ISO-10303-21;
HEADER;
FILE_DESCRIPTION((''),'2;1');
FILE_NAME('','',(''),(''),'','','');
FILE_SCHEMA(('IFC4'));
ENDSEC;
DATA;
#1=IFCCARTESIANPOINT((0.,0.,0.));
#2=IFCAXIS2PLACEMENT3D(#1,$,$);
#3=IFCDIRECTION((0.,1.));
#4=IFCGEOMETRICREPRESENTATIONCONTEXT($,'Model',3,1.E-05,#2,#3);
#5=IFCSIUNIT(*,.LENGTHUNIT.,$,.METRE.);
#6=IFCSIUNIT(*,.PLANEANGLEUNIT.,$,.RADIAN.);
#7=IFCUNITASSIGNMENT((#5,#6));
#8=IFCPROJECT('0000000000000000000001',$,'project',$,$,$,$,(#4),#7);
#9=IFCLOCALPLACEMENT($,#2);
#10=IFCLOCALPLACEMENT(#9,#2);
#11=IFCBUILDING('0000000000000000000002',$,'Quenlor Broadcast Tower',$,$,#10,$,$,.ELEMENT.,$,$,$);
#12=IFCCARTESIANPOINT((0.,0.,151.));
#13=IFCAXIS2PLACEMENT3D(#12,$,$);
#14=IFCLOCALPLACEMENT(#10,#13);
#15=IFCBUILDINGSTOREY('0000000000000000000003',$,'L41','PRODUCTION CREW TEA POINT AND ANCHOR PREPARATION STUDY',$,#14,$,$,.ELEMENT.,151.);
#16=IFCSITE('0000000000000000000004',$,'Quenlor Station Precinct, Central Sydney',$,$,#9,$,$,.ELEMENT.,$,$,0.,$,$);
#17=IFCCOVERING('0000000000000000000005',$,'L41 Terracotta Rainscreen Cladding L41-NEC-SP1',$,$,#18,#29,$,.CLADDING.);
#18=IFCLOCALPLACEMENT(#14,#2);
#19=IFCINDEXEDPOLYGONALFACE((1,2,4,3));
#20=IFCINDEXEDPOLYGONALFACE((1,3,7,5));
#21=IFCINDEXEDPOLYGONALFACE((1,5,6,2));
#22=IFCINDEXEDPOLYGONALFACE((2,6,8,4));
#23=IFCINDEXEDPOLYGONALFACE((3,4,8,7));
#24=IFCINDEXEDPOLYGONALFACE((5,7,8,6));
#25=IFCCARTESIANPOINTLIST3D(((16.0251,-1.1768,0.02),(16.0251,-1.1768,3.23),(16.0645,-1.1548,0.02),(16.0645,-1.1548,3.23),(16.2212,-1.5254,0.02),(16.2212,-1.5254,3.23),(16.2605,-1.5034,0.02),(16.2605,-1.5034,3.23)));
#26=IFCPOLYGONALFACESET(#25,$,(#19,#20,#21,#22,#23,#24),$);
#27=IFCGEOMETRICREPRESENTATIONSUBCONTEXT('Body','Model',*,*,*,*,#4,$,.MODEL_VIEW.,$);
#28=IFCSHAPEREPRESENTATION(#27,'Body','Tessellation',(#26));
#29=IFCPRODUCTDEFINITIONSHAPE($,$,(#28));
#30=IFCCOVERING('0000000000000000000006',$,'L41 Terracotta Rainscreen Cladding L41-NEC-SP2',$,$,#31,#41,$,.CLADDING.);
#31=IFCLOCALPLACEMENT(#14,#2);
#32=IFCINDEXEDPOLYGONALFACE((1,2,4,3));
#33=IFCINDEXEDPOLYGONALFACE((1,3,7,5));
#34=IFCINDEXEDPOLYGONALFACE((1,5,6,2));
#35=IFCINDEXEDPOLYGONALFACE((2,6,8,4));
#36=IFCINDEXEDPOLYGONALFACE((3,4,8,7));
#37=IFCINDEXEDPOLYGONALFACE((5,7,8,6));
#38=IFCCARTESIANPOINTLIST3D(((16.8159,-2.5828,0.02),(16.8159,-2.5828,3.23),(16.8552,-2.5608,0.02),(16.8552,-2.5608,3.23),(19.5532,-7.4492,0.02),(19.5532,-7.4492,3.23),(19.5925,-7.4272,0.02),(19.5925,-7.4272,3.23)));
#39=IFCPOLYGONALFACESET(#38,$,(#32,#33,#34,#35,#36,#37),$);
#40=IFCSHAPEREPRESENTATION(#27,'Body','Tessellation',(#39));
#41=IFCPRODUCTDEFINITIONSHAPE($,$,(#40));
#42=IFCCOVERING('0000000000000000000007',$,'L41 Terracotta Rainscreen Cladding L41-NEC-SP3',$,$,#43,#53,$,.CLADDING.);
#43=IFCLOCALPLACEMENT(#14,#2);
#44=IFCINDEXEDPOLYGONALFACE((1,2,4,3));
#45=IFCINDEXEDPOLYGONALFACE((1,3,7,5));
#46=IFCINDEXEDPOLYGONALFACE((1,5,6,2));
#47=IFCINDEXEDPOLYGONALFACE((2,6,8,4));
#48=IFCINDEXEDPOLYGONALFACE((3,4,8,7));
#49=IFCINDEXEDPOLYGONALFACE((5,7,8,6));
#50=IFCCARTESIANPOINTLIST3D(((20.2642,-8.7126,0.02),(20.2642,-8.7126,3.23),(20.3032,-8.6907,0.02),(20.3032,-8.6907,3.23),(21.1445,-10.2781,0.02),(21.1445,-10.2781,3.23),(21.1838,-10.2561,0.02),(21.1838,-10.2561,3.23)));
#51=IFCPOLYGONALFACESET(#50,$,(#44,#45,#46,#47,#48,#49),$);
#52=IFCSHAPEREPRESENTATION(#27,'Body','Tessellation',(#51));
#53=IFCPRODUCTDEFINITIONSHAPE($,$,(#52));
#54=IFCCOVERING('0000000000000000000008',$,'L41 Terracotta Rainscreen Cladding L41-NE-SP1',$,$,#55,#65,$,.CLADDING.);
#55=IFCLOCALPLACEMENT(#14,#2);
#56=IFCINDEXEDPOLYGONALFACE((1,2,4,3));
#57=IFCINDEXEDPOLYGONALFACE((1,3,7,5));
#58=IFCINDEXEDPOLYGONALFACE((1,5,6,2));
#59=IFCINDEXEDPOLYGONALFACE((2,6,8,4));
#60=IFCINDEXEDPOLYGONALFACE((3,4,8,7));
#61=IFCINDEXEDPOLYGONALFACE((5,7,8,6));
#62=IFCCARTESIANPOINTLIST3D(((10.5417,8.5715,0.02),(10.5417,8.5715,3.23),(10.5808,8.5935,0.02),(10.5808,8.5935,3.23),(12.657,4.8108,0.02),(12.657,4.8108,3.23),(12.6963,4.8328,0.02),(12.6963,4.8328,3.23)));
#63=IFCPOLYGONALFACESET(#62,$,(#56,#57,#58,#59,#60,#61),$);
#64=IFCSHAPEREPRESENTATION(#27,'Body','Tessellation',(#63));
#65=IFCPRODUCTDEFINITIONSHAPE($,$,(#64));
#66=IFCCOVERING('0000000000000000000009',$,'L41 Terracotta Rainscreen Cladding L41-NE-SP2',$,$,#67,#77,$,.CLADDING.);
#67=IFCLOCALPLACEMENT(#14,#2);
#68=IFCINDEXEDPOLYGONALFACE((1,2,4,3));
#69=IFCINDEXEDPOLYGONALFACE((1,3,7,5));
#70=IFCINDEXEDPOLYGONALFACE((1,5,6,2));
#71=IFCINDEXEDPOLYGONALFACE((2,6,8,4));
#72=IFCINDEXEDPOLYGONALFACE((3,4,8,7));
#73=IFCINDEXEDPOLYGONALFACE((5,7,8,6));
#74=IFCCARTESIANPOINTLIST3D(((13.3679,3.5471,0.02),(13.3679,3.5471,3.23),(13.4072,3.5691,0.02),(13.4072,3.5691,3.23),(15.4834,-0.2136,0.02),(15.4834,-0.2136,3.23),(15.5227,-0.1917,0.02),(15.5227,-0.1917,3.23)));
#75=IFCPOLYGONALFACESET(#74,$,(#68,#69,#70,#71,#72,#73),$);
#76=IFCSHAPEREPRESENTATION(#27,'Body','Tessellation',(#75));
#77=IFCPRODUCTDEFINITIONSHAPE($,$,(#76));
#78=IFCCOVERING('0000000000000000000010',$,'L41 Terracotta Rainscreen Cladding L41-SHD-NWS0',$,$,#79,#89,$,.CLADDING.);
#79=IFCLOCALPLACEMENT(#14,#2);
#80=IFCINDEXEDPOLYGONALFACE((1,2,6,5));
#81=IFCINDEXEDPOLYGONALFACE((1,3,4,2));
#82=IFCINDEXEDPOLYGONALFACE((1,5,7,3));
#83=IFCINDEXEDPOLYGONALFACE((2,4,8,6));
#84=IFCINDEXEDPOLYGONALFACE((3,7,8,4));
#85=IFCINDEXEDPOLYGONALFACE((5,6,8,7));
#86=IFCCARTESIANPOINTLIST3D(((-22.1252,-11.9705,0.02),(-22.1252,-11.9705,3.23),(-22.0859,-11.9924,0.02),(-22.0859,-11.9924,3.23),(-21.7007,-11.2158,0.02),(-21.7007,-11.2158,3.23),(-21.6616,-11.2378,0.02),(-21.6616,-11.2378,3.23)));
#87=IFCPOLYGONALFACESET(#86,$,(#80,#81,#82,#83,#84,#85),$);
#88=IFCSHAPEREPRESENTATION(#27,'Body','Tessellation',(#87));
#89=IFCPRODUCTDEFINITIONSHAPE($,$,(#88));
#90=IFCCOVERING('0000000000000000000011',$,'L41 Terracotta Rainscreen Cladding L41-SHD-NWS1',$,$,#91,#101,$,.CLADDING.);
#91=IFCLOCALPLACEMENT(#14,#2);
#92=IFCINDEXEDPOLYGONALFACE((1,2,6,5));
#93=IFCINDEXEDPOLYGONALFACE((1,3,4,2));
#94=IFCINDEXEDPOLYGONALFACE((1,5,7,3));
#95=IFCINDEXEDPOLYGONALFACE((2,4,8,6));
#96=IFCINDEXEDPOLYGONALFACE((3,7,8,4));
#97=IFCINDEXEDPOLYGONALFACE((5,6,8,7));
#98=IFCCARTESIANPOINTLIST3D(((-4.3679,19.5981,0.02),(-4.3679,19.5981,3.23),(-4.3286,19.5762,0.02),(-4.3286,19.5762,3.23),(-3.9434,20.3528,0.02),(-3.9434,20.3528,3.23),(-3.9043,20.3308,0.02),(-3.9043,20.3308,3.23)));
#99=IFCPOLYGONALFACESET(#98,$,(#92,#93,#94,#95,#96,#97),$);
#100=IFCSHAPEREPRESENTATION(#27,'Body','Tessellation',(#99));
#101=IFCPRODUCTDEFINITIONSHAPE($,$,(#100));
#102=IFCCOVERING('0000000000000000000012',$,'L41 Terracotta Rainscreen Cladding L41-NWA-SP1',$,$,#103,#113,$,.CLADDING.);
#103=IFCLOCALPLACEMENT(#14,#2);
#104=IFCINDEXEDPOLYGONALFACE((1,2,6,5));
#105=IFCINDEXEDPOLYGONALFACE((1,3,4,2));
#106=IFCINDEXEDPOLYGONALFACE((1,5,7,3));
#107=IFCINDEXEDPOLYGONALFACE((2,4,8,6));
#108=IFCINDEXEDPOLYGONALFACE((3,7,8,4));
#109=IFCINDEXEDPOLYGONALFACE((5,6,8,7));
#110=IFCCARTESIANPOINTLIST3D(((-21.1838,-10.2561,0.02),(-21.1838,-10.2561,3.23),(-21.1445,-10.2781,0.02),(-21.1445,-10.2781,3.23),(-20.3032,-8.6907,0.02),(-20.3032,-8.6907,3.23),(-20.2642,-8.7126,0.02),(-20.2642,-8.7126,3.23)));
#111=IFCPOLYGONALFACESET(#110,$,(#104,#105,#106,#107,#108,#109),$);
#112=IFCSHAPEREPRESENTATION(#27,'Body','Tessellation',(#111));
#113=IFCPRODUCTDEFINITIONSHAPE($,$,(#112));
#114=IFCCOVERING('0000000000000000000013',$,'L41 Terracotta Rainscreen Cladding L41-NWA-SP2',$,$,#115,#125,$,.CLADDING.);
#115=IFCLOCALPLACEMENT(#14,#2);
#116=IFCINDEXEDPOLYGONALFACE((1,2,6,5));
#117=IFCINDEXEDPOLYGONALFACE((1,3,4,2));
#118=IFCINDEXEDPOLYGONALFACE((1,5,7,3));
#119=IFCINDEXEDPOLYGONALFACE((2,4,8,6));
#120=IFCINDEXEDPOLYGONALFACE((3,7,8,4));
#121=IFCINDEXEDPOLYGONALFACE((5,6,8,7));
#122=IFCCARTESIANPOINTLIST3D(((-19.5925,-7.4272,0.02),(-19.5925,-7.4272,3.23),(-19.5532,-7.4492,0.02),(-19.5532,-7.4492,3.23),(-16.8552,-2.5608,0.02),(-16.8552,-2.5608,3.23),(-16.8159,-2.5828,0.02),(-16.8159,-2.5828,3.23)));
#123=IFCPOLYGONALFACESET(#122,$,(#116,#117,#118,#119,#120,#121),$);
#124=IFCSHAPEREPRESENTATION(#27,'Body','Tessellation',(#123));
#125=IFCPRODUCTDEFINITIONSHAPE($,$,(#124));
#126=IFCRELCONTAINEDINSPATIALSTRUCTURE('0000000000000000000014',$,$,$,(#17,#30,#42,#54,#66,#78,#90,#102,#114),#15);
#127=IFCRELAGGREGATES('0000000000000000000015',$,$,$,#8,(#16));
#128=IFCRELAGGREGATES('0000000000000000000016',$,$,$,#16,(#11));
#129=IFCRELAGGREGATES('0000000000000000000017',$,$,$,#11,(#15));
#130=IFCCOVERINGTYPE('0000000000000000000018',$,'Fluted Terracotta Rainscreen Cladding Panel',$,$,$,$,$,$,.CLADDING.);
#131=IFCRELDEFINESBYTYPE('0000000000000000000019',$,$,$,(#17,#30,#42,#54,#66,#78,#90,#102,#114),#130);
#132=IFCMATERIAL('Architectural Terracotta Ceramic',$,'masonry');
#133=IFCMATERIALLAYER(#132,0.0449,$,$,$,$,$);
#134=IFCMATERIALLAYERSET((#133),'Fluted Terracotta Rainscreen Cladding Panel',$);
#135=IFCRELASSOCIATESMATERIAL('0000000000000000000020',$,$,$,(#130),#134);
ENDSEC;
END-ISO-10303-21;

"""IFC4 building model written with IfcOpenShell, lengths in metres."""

from ifc_helpers import new_model, si_unit, direction, frame, origin, place, context, subcontext, project, spatial, polyline, outline, extrude, material, layer, layer_set, type_object, element, save


model = new_model("IFC4")

# Units and contexts
model_context = context("Model", 3, precision=1e-05, world=origin(), true_north=direction((0.0, 1.0)))
body_context = subcontext(model_context, "Body", "Model", "MODEL_VIEW")
ifc_project = project(units=[si_unit("LENGTHUNIT", "METRE"), si_unit("PLANEANGLEUNIT", "RADIAN")], contexts=[model_context])

# Site, building, storey
site_placement = place(None, origin())
site = spatial("IfcSite", under=ifc_project, at=site_placement, Name="Quenlor Station Precinct, Central Sydney", CompositionType="ELEMENT", RefElevation=0.0)
building_placement = place(site_placement, origin())
building = spatial("IfcBuilding", under=site, at=building_placement, Name="Quenlor Broadcast Tower", CompositionType="ELEMENT")
storey_placement = place(building_placement, frame((0.0, 0.0, 151.0)))
storey = spatial("IfcBuildingStorey", under=building, at=storey_placement, Name="L41", Description="PRODUCTION CREW TEA POINT AND ANCHOR PREPARATION STUDY", CompositionType="ELEMENT", Elevation=151.0)

# Coverings
ifc_material_1 = material(Name="Architectural Terracotta Ceramic", Category="masonry")
ifc_layer_1 = layer(ifc_material_1, 0.0449)
ifc_layer_set_1 = layer_set([ifc_layer_1], Name="Fluted Terracotta Rainscreen Cladding Panel")
covering_type = type_object("IfcCoveringType", Name="Fluted Terracotta Rainscreen Cladding Panel", PredefinedType="CLADDING", material=ifc_layer_set_1)
covering_1_placement = place(storey_placement, frame((0.0, 0.0, 0.02)))
element("IfcCovering", 1, at=covering_1_placement, inside=storey, type_object=covering_type, Name="L41 Terracotta Rainscreen Cladding L41-NEC-SP1", PredefinedType="CLADDING", context=body_context, shape_type="SweptSolid", body=[
    extrude(outline(polyline([(16.0251, -1.1768), (16.2212, -1.5254), (16.2605, -1.5034), (16.0645, -1.1548), (16.0251, -1.1768)])), origin(), (0.0, 0.0, 1.0), 3.21),
])
covering_2_placement = place(storey_placement, frame((0.0, 0.0, 0.02)))
element("IfcCovering", 2, at=covering_2_placement, inside=storey, type_object=covering_type, Name="L41 Terracotta Rainscreen Cladding L41-NEC-SP2", PredefinedType="CLADDING", context=body_context, shape_type="SweptSolid", body=[
    extrude(outline(polyline([(16.8159, -2.5828), (19.5532, -7.4492), (19.5925, -7.4272), (16.8552, -2.5608), (16.8159, -2.5828)])), origin(), (0.0, 0.0, 1.0), 3.21),
])
covering_3_placement = place(storey_placement, frame((0.0, 0.0, 0.02)))
element("IfcCovering", 3, at=covering_3_placement, inside=storey, type_object=covering_type, Name="L41 Terracotta Rainscreen Cladding L41-NEC-SP3", PredefinedType="CLADDING", context=body_context, shape_type="SweptSolid", body=[
    extrude(outline(polyline([(20.2642, -8.7126), (21.1445, -10.2781), (21.1838, -10.2561), (20.3032, -8.6907), (20.2642, -8.7126)])), origin(), (0.0, 0.0, 1.0), 3.21),
])
covering_4_placement = place(storey_placement, frame((0.0, 0.0, 0.02)))
element("IfcCovering", 4, at=covering_4_placement, inside=storey, type_object=covering_type, Name="L41 Terracotta Rainscreen Cladding L41-NE-SP1", PredefinedType="CLADDING", context=body_context, shape_type="SweptSolid", body=[
    extrude(outline(polyline([(10.5417, 8.5715), (12.657, 4.8108), (12.6963, 4.8328), (10.5808, 8.5935), (10.5417, 8.5715)])), origin(), (0.0, 0.0, 1.0), 3.21),
])
covering_5_placement = place(storey_placement, frame((0.0, 0.0, 0.02)))
element("IfcCovering", 5, at=covering_5_placement, inside=storey, type_object=covering_type, Name="L41 Terracotta Rainscreen Cladding L41-NE-SP2", PredefinedType="CLADDING", context=body_context, shape_type="SweptSolid", body=[
    extrude(outline(polyline([(13.3679, 3.5471), (15.4834, -0.2136), (15.5227, -0.1917), (13.4072, 3.5691), (13.3679, 3.5471)])), origin(), (0.0, 0.0, 1.0), 3.21),
])
covering_6_placement = place(storey_placement, frame((0.0, 0.0, 0.02)))
element("IfcCovering", 6, at=covering_6_placement, inside=storey, type_object=covering_type, Name="L41 Terracotta Rainscreen Cladding L41-SHD-NWS0", PredefinedType="CLADDING", context=body_context, shape_type="SweptSolid", body=[
    extrude(outline(polyline([(-22.0859, -11.9924), (-21.6616, -11.2378), (-21.7007, -11.2158), (-22.1252, -11.9705), (-22.0859, -11.9924)])), origin(), (0.0, 0.0, 1.0), 3.21),
])
covering_7_placement = place(storey_placement, frame((0.0, 0.0, 0.02)))
element("IfcCovering", 7, at=covering_7_placement, inside=storey, type_object=covering_type, Name="L41 Terracotta Rainscreen Cladding L41-SHD-NWS1", PredefinedType="CLADDING", context=body_context, shape_type="SweptSolid", body=[
    extrude(outline(polyline([(-4.3286, 19.5762), (-3.9043, 20.3308), (-3.9434, 20.3528), (-4.3679, 19.5981), (-4.3286, 19.5762)])), origin(), (0.0, 0.0, 1.0), 3.21),
])
covering_8_placement = place(storey_placement, frame((0.0, 0.0, 0.02)))
element("IfcCovering", 8, at=covering_8_placement, inside=storey, type_object=covering_type, Name="L41 Terracotta Rainscreen Cladding L41-NWA-SP1", PredefinedType="CLADDING", context=body_context, shape_type="SweptSolid", body=[
    extrude(outline(polyline([(-21.1445, -10.2781), (-20.2642, -8.7126), (-20.3032, -8.6907), (-21.1838, -10.2561), (-21.1445, -10.2781)])), origin(), (0.0, 0.0, 1.0), 3.21),
])
covering_9_placement = place(storey_placement, frame((0.0, 0.0, 0.02)))
element("IfcCovering", 9, at=covering_9_placement, inside=storey, type_object=covering_type, Name="L41 Terracotta Rainscreen Cladding L41-NWA-SP2", PredefinedType="CLADDING", context=body_context, shape_type="SweptSolid", body=[
    extrude(outline(polyline([(-19.5532, -7.4492), (-16.8159, -2.5828), (-16.8552, -2.5608), (-19.5925, -7.4272), (-19.5532, -7.4492)])), origin(), (0.0, 0.0, 1.0), 3.21),
])

save(model, "model.ifc")
